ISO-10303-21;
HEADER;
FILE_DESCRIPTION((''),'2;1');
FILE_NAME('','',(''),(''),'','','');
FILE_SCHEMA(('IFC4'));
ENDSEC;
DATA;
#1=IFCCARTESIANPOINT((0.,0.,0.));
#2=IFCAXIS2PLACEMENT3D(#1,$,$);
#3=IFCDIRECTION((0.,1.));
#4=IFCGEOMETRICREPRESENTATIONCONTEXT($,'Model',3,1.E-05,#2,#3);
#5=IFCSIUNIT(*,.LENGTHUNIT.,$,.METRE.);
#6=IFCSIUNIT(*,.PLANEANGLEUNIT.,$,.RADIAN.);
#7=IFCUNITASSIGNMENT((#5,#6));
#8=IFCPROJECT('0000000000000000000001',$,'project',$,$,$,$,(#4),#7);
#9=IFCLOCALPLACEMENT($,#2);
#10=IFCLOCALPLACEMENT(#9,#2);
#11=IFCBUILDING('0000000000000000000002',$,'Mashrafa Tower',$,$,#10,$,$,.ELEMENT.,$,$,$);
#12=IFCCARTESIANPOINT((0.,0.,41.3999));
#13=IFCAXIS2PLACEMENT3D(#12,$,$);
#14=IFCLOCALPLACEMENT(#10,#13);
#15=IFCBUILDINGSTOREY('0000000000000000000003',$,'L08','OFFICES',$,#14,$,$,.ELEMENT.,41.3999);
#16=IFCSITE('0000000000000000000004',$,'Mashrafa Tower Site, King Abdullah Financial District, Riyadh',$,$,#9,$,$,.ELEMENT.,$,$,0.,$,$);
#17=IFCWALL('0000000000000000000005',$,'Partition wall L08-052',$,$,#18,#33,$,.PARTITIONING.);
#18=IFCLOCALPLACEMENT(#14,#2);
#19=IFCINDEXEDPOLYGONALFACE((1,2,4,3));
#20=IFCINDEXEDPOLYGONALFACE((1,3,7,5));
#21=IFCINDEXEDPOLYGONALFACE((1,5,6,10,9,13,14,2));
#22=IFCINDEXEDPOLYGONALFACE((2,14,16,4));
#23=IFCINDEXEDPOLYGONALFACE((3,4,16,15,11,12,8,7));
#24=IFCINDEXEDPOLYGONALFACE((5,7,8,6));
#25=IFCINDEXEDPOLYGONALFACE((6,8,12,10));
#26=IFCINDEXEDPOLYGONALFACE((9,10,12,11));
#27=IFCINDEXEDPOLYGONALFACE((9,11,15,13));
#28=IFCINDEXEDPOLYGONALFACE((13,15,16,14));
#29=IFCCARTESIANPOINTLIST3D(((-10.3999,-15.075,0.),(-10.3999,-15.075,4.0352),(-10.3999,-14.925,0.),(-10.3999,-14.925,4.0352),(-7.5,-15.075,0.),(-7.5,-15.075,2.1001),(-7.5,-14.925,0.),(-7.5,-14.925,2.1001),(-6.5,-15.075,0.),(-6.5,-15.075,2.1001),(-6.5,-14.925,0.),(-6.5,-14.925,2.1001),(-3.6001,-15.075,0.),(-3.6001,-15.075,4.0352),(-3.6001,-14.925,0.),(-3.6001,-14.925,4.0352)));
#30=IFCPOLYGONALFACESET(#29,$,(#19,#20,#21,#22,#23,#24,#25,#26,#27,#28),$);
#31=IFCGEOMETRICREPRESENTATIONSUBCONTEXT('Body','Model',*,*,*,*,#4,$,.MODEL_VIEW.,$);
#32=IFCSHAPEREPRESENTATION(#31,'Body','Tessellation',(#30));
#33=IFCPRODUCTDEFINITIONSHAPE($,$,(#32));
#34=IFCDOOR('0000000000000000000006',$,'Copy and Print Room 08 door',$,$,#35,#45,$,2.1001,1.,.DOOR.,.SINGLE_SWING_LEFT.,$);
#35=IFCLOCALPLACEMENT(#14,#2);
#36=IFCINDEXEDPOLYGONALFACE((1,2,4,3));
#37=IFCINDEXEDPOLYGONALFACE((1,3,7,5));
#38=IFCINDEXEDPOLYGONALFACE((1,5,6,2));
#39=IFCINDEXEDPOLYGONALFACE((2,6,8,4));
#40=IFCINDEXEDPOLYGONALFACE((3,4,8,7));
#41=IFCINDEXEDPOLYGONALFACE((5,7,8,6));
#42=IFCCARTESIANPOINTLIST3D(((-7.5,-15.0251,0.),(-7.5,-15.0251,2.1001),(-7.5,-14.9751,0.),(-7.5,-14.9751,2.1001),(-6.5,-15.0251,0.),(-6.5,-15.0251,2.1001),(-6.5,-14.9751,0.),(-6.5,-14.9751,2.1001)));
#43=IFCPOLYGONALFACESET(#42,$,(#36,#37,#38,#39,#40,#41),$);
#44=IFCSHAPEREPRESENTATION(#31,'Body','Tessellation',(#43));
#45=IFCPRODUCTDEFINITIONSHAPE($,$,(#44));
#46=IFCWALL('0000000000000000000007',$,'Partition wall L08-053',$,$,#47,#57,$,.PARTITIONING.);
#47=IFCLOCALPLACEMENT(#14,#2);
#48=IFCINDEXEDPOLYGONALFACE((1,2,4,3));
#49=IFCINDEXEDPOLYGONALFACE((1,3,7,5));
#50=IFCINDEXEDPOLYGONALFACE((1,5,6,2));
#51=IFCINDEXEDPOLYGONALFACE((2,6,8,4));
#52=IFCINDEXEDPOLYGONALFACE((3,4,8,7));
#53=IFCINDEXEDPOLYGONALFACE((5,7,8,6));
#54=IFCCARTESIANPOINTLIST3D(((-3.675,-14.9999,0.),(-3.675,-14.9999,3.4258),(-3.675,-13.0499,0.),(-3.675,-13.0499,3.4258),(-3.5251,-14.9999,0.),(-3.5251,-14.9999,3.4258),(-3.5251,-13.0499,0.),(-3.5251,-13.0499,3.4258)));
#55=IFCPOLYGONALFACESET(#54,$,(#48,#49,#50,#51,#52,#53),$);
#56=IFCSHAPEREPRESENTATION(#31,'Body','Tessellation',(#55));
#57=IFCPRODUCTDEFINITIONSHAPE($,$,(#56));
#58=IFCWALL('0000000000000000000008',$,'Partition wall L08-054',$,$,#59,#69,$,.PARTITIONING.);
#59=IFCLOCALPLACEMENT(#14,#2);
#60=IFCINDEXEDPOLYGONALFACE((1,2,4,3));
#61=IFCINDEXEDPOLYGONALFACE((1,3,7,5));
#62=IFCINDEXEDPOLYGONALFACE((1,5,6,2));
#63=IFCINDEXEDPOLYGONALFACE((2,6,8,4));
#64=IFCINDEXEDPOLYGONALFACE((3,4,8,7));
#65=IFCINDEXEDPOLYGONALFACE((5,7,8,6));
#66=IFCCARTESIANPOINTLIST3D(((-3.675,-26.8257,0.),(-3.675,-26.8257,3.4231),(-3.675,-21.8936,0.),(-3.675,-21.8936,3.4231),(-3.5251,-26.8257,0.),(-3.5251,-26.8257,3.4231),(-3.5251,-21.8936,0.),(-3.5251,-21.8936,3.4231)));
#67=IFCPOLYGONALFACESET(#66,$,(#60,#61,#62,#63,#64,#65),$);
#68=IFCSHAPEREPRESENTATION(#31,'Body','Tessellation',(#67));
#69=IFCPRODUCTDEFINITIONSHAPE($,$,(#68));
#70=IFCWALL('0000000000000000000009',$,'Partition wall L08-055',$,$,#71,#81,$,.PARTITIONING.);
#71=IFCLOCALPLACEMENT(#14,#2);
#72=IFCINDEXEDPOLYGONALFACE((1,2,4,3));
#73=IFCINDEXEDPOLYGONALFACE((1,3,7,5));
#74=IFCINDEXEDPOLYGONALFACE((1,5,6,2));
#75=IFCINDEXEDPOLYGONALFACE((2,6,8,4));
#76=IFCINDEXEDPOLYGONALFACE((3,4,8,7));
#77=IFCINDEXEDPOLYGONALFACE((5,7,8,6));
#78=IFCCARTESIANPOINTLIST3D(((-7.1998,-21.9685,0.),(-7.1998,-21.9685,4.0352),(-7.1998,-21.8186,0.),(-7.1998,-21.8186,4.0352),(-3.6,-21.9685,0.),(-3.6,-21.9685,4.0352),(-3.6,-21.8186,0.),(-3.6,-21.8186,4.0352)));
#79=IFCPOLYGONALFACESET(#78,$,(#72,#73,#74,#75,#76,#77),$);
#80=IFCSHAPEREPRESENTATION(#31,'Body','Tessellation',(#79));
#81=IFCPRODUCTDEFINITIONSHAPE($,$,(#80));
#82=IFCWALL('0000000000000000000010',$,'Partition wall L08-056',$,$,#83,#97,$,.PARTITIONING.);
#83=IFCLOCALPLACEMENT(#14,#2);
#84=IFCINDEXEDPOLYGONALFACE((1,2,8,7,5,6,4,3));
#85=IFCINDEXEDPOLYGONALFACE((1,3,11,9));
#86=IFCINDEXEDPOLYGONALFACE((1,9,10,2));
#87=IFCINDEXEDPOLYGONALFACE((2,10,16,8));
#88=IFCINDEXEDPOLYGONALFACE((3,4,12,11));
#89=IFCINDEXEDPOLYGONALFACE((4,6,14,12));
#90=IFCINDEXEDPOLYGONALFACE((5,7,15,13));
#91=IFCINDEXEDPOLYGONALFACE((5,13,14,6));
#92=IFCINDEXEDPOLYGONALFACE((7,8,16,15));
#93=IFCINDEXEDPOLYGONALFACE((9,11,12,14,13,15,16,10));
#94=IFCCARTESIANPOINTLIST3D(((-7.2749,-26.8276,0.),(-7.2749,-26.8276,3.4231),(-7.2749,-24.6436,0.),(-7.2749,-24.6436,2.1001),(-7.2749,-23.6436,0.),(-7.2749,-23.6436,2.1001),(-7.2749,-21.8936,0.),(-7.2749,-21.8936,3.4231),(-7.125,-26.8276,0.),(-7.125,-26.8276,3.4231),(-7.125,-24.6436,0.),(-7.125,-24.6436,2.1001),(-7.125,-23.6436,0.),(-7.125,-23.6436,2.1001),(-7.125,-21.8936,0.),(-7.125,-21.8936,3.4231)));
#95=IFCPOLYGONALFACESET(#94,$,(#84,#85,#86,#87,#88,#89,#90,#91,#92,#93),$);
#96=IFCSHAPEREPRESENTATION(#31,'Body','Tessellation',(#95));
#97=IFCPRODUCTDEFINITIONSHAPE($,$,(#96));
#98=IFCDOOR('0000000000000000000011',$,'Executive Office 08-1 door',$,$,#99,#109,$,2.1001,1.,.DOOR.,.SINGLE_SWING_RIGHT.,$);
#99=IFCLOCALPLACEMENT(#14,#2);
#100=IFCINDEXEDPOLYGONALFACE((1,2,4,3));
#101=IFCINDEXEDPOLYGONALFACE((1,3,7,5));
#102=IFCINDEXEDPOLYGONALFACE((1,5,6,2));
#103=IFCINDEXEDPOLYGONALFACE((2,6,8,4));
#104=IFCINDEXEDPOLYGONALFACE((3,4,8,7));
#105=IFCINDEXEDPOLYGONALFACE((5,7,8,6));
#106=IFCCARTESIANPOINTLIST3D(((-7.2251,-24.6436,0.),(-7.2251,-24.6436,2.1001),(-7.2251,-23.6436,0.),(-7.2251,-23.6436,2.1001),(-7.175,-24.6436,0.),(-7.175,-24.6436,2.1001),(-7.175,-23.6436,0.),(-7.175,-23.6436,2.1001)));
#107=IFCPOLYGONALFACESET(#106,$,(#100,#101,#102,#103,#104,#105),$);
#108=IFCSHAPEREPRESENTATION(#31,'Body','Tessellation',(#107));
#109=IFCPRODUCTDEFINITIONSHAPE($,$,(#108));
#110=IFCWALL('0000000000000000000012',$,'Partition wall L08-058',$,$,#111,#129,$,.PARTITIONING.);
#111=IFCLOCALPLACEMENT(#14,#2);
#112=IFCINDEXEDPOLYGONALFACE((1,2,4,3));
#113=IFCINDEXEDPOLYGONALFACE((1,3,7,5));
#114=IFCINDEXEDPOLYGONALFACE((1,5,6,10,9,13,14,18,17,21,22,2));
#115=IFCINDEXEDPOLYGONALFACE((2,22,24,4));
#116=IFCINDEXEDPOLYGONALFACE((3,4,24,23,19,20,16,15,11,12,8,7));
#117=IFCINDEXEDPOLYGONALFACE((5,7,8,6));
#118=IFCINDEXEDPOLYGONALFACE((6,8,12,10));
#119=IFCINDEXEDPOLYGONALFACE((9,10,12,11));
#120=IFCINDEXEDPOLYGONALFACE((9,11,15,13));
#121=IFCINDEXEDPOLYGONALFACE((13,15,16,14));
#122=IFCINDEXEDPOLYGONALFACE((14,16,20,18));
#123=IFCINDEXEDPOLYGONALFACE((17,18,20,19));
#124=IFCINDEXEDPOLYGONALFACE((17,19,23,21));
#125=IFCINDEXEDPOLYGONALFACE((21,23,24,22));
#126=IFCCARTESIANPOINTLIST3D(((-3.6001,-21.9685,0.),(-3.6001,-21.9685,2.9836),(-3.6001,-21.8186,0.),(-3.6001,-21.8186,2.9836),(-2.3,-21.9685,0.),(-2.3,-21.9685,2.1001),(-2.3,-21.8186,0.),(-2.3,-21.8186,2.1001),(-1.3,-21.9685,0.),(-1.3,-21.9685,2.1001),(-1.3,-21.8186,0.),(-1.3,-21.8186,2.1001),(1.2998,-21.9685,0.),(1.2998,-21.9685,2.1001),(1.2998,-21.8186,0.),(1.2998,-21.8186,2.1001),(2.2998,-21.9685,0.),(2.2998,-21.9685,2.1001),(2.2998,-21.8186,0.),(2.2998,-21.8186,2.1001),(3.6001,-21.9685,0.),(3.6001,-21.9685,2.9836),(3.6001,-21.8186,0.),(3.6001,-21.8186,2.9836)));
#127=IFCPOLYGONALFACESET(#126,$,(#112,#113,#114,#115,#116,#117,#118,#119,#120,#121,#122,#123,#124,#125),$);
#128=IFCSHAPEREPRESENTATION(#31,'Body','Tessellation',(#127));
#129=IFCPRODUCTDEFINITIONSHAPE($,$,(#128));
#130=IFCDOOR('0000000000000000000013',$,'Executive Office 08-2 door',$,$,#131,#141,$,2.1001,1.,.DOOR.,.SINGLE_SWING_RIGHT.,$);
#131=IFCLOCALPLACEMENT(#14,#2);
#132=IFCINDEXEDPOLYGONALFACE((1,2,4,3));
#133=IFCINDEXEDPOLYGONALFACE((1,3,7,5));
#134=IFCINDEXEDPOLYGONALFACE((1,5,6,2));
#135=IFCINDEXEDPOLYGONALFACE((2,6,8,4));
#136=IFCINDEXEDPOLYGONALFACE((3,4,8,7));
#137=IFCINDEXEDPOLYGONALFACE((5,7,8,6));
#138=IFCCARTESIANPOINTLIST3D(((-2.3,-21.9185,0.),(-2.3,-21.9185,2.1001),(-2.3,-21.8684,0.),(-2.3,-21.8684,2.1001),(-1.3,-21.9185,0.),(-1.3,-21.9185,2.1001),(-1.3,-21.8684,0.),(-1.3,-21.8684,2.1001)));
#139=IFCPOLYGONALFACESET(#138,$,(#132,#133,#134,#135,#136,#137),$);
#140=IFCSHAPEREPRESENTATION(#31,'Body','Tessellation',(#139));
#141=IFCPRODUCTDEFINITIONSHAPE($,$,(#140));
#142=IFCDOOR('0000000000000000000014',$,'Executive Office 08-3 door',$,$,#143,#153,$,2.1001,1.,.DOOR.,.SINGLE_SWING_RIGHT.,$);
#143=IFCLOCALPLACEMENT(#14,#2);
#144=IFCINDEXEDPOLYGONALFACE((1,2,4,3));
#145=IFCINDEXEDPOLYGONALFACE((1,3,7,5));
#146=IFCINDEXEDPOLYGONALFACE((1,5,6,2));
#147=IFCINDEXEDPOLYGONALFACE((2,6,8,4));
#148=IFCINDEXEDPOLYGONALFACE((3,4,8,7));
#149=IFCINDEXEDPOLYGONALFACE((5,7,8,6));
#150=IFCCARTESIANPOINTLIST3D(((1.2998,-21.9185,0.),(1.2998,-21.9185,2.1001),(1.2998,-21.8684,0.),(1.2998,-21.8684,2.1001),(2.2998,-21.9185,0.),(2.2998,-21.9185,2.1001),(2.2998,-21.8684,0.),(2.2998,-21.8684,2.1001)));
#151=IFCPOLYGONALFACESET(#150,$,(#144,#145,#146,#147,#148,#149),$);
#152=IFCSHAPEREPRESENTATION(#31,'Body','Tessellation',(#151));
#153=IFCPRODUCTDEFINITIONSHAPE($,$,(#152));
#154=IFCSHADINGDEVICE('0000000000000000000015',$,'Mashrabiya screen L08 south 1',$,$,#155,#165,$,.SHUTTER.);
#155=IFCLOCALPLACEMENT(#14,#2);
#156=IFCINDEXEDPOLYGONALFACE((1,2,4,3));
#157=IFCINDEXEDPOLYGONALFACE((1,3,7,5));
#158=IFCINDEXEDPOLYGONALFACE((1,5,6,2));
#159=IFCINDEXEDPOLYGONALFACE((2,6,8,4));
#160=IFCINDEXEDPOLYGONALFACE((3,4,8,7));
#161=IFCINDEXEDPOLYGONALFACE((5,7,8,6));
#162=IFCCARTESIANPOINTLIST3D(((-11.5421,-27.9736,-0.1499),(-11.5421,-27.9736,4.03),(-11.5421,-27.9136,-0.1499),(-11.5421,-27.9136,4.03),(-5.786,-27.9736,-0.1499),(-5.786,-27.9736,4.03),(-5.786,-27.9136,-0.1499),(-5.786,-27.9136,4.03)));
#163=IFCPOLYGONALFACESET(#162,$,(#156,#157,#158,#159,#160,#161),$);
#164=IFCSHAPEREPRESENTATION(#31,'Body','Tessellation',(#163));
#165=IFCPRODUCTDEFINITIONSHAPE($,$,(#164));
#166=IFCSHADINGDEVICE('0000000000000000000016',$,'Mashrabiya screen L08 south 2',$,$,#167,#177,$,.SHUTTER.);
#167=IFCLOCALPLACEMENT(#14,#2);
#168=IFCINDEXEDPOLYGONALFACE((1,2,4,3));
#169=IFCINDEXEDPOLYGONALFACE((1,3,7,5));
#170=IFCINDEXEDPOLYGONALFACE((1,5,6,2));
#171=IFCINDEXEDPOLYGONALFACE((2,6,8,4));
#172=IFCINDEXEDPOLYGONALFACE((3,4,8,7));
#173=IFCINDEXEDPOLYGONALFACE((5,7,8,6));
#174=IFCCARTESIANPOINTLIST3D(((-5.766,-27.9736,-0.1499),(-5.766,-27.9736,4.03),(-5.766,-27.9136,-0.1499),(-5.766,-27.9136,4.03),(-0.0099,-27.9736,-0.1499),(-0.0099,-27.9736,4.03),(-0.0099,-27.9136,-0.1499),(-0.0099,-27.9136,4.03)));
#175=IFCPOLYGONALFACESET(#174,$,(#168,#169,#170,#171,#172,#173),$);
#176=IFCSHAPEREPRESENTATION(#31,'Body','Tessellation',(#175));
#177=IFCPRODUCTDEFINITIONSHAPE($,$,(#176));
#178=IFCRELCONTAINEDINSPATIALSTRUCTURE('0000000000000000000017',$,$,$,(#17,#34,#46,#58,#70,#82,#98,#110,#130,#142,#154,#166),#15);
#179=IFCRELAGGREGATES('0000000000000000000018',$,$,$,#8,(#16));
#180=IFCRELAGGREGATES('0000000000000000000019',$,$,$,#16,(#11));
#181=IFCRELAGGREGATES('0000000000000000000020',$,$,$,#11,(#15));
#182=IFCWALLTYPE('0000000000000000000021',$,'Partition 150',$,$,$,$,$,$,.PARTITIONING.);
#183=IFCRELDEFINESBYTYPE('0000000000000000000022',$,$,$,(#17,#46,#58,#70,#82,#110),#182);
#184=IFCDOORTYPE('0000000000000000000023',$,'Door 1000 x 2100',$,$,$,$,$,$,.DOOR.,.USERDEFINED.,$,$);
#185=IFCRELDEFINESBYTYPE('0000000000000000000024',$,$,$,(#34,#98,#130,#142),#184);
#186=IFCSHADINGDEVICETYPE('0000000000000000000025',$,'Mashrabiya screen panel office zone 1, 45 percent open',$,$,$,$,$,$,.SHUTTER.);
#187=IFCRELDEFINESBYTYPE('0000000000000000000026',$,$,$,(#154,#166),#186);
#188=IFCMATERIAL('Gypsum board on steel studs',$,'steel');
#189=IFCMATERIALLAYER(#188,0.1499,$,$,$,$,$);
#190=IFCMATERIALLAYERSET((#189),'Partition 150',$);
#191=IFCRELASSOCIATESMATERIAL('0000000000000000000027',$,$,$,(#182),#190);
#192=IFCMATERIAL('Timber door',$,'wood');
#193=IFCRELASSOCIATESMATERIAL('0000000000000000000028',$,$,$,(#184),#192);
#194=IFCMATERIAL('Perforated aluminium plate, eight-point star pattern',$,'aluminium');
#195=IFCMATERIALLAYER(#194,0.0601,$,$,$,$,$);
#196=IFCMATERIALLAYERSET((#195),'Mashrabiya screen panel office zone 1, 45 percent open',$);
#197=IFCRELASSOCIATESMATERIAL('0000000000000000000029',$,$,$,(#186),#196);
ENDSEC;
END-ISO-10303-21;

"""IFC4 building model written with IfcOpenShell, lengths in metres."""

from ifc_helpers import new_model, si_unit, direction, frame, frame_2d, origin, origin_2d, place, context, subcontext, project, spatial, rectangle, extrude, source, transform, mapped, material, layer, layer_set, type_object, type_shapes, element, fill, save


model = new_model("IFC4")

# Units and contexts
model_context = context("Model", 3, precision=1e-05, world=origin(), true_north=direction((0.0, 1.0)))
body_context = subcontext(model_context, "Body", "Model", "MODEL_VIEW")
ifc_project = project(units=[si_unit("LENGTHUNIT", "METRE"), si_unit("PLANEANGLEUNIT", "RADIAN")], contexts=[model_context])

# Site, building, storey
site_placement = place(None, origin())
site = spatial("IfcSite", under=ifc_project, at=site_placement, Name="Mashrafa Tower Site, King Abdullah Financial District, Riyadh", CompositionType="ELEMENT", RefElevation=0.0)
building_placement = place(site_placement, origin())
building = spatial("IfcBuilding", under=site, at=building_placement, Name="Mashrafa Tower", CompositionType="ELEMENT")
storey_placement = place(building_placement, frame((0.0, 0.0, 41.3999)))
storey = spatial("IfcBuildingStorey", under=building, at=storey_placement, Name="L08", Description="OFFICES", CompositionType="ELEMENT", Elevation=41.3999)

# Wall, opening, door
ifc_material_1 = material(Name="Gypsum board on steel studs", Category="steel")
ifc_layer_1 = layer(ifc_material_1, 0.1499)
ifc_layer_set_1 = layer_set([ifc_layer_1], Name="Partition 150")
wall_type = type_object("IfcWallType", Name="Partition 150", PredefinedType="PARTITIONING", material=ifc_layer_set_1)
wall_1_placement = place(storey_placement, frame((-10.3999, -15.0, 0.0), z_axis=(0.0, 0.0, 1.0), x_axis=(1.0, 0.0, 0.0)))
wall_1 = element("IfcWall", 1, at=wall_1_placement, inside=storey, type_object=wall_type, Name="Partition wall L08-052", PredefinedType="PARTITIONING", context=body_context, shape_type="SweptSolid", body=[
    extrude(rectangle(XDim=6.7998, YDim=0.1499, at=frame_2d((3.3999, 0.0))), origin(), (0.0, 0.0, 1.0), 4.0352),
])
opening_1_placement = place(wall_1_placement, frame((2.8999, 0.0, 0.0)))
opening_1 = element("IfcOpeningElement", 2, at=opening_1_placement, cuts=wall_1, PredefinedType="OPENING", context=body_context, shape_type="SweptSolid", body=[
    extrude(rectangle(XDim=1.0, YDim=2.1001, at=frame_2d((0.5, 1.05))), frame((0.0, 0.085, 0.0), z_axis=(0.0, -1.0, 0.0), x_axis=(1.0, 0.0, 0.0)), (0.0, 0.0, 1.0), 0.1699),
])
ifc_material_2 = material(Name="Timber door", Category="wood")
door_type = type_object("IfcDoorType", Name="Door 1000 x 2100", OperationType="USERDEFINED", PredefinedType="DOOR", material=ifc_material_2)
door_1_placement = place(opening_1_placement, origin())
door_1 = element("IfcDoor", 3, at=door_1_placement, inside=storey, type_object=door_type, Name="Copy and Print Room 08 door", OperationType="SINGLE_SWING_LEFT", OverallHeight=2.1001, OverallWidth=1.0, PredefinedType="DOOR", context=body_context, shape_type="SweptSolid", body=[
    extrude(rectangle(XDim=1.0, YDim=2.1001, at=frame_2d((0.5, 1.05))), frame((0.0, 0.0249, 0.0), z_axis=(0.0, -1.0, 0.0), x_axis=(1.0, 0.0, 0.0)), (0.0, 0.0, 1.0), 0.05),
])
fill(opening_1, door_1)

# Walls
wall_2_placement = place(storey_placement, frame((-3.6001, -15.0, 0.0), z_axis=(0.0, 0.0, 1.0), x_axis=(0.0, 1.0, 0.0)))
element("IfcWall", 4, at=wall_2_placement, inside=storey, type_object=wall_type, Name="Partition wall L08-053", PredefinedType="PARTITIONING", context=body_context, shape_type="SweptSolid", body=[
    extrude(rectangle(XDim=1.95, YDim=0.1499, at=frame_2d((0.9751, 0.0))), origin(), (0.0, 0.0, 1.0), 3.4258),
])
wall_3_placement = place(storey_placement, frame((-3.6001, -26.8257, 0.0), z_axis=(0.0, 0.0, 1.0), x_axis=(0.0, 1.0, 0.0)))
element("IfcWall", 5, at=wall_3_placement, inside=storey, type_object=wall_type, Name="Partition wall L08-054", PredefinedType="PARTITIONING", context=body_context, shape_type="SweptSolid", body=[
    extrude(rectangle(XDim=4.9321, YDim=0.1499, at=frame_2d((2.4661, 0.0))), origin(), (0.0, 0.0, 1.0), 3.4231),
])
wall_4_placement = place(storey_placement, frame((-3.6001, -21.8936, 0.0), z_axis=(0.0, 0.0, 1.0), x_axis=(-1.0, 0.0, 0.0)))
element("IfcWall", 6, at=wall_4_placement, inside=storey, type_object=wall_type, Name="Partition wall L08-055", PredefinedType="PARTITIONING", context=body_context, shape_type="SweptSolid", body=[
    extrude(rectangle(XDim=3.5999, YDim=0.1499, at=frame_2d((1.7998, 0.0))), origin(), (0.0, 0.0, 1.0), 4.0352),
])

# Wall, opening, door
wall_5_placement = place(storey_placement, frame((-7.2, -21.8936, 0.0), z_axis=(0.0, 0.0, 1.0), x_axis=(0.0, -1.0, 0.0)))
wall_5 = element("IfcWall", 7, at=wall_5_placement, inside=storey, type_object=wall_type, Name="Partition wall L08-056", PredefinedType="PARTITIONING", context=body_context, shape_type="SweptSolid", body=[
    extrude(rectangle(XDim=4.9341, YDim=0.1499, at=frame_2d((2.467, 0.0))), origin(), (0.0, 0.0, 1.0), 3.4231),
])
opening_2_placement = place(wall_5_placement, frame((1.75, 0.0, 0.0)))
opening_2 = element("IfcOpeningElement", 8, at=opening_2_placement, cuts=wall_5, PredefinedType="OPENING", context=body_context, shape_type="SweptSolid", body=[
    extrude(rectangle(XDim=1.0, YDim=2.1001, at=frame_2d((0.5, 1.05))), frame((0.0, 0.085, 0.0), z_axis=(0.0, -1.0, 0.0), x_axis=(1.0, 0.0, 0.0)), (0.0, 0.0, 1.0), 0.1699),
])
door_2_placement = place(opening_2_placement, origin())
door_2 = element("IfcDoor", 9, at=door_2_placement, inside=storey, type_object=door_type, Name="Executive Office 08-1 door", OperationType="SINGLE_SWING_RIGHT", OverallHeight=2.1001, OverallWidth=1.0, PredefinedType="DOOR", context=body_context, shape_type="SweptSolid", body=[
    extrude(rectangle(XDim=1.0, YDim=2.1001, at=frame_2d((0.5, 1.05))), frame((0.0, 0.0249, 0.0), z_axis=(0.0, -1.0, 0.0), x_axis=(1.0, 0.0, 0.0)), (0.0, 0.0, 1.0), 0.05),
])
fill(opening_2, door_2)

# Wall, openings, doors
wall_6_placement = place(storey_placement, frame((-3.6001, -21.8936, 0.0), z_axis=(0.0, 0.0, 1.0), x_axis=(1.0, 0.0, 0.0)))
wall_6 = element("IfcWall", 10, at=wall_6_placement, inside=storey, type_object=wall_type, Name="Partition wall L08-058", PredefinedType="PARTITIONING", context=body_context, shape_type="SweptSolid", body=[
    extrude(rectangle(XDim=7.2002, YDim=0.1499, at=frame_2d((3.6001, 0.0))), origin(), (0.0, 0.0, 1.0), 2.9836),
])
opening_3_placement = place(wall_6_placement, frame((1.3, 0.0, 0.0)))
opening_3 = element("IfcOpeningElement", 11, at=opening_3_placement, cuts=wall_6, PredefinedType="OPENING", context=body_context, shape_type="SweptSolid", body=[
    extrude(rectangle(XDim=1.0, YDim=2.1001, at=frame_2d((0.5, 1.05))), frame((0.0, 0.085, 0.0), z_axis=(0.0, -1.0, 0.0), x_axis=(1.0, 0.0, 0.0)), (0.0, 0.0, 1.0), 0.1699),
])
opening_4_placement = place(wall_6_placement, frame((4.8999, 0.0, 0.0)))
opening_4 = element("IfcOpeningElement", 12, at=opening_4_placement, cuts=wall_6, PredefinedType="OPENING", context=body_context, shape_type="SweptSolid", body=[
    extrude(rectangle(XDim=1.0, YDim=2.1001, at=frame_2d((0.5, 1.05))), frame((0.0, 0.085, 0.0), z_axis=(0.0, -1.0, 0.0), x_axis=(1.0, 0.0, 0.0)), (0.0, 0.0, 1.0), 0.1699),
])
door_3_placement = place(opening_3_placement, frame((1.0, 0.0, 0.0), z_axis=(0.0, 0.0, 1.0), x_axis=(-1.0, 0.0, 0.0)))
door_3 = element("IfcDoor", 13, at=door_3_placement, inside=storey, type_object=door_type, Name="Executive Office 08-2 door", OperationType="SINGLE_SWING_RIGHT", OverallHeight=2.1001, OverallWidth=1.0, PredefinedType="DOOR", context=body_context, shape_type="SweptSolid", body=[
    extrude(rectangle(XDim=1.0, YDim=2.1001, at=frame_2d((0.5, 1.05))), frame((0.0, 0.0249, 0.0), z_axis=(0.0, -1.0, 0.0), x_axis=(1.0, 0.0, 0.0)), (0.0, 0.0, 1.0), 0.05),
])
fill(opening_3, door_3)
door_4_placement = place(opening_4_placement, frame((1.0, 0.0, 0.0), z_axis=(0.0, 0.0, 1.0), x_axis=(-1.0, 0.0, 0.0)))
door_4 = element("IfcDoor", 14, at=door_4_placement, inside=storey, type_object=door_type, Name="Executive Office 08-3 door", OperationType="SINGLE_SWING_RIGHT", OverallHeight=2.1001, OverallWidth=1.0, PredefinedType="DOOR", context=body_context, shape_type="SweptSolid", body=[
    extrude(rectangle(XDim=1.0, YDim=2.1001, at=frame_2d((0.5, 1.05))), frame((0.0, 0.0249, 0.0), z_axis=(0.0, -1.0, 0.0), x_axis=(1.0, 0.0, 0.0)), (0.0, 0.0, 1.0), 0.05),
])
fill(opening_4, door_4)

# Shading devices
ifc_material_3 = material(Name="Perforated aluminium plate, eight-point star pattern", Category="aluminium")
ifc_layer_2 = layer(ifc_material_3, 0.0601)
ifc_layer_set_2 = layer_set([ifc_layer_2], Name="Mashrabiya screen panel office zone 1, 45 percent open")
shading_device_type = type_object("IfcShadingDeviceType", Name="Mashrabiya screen panel office zone 1, 45 percent open", PredefinedType="SHUTTER", material=ifc_layer_set_2)
shared_shape_1 = source(origin(), body_context, "Body", "SweptSolid", [
    extrude(rectangle(XDim=5.7561, YDim=0.0601, at=origin_2d()), origin(), (0.0, 0.0, 1.0), 4.1799),
])
type_shapes(shading_device_type, [shared_shape_1])
for number, where, z_axis, x_axis, name in (
    (15, (-8.6641, -27.9436, -0.1499), (0.0, 0.0, 1.0), (1.0, 0.0, 0.0), "Mashrabiya screen L08 south 1"),
    (16, (-2.8879, -27.9436, -0.1499), (0.0, 0.0, 1.0), (1.0, 0.0, 0.0), "Mashrabiya screen L08 south 2"),
):
    element("IfcShadingDevice", number, at=place(storey_placement, frame(where, z_axis=z_axis, x_axis=x_axis)), inside=storey, type_object=shading_device_type, Name=name, PredefinedType="SHUTTER", context=body_context, shape_type="MappedRepresentation", body=[
        mapped(shared_shape_1, transform((0.0, 0.0, 0.0))),
    ])

save(model, "model.ifc")
